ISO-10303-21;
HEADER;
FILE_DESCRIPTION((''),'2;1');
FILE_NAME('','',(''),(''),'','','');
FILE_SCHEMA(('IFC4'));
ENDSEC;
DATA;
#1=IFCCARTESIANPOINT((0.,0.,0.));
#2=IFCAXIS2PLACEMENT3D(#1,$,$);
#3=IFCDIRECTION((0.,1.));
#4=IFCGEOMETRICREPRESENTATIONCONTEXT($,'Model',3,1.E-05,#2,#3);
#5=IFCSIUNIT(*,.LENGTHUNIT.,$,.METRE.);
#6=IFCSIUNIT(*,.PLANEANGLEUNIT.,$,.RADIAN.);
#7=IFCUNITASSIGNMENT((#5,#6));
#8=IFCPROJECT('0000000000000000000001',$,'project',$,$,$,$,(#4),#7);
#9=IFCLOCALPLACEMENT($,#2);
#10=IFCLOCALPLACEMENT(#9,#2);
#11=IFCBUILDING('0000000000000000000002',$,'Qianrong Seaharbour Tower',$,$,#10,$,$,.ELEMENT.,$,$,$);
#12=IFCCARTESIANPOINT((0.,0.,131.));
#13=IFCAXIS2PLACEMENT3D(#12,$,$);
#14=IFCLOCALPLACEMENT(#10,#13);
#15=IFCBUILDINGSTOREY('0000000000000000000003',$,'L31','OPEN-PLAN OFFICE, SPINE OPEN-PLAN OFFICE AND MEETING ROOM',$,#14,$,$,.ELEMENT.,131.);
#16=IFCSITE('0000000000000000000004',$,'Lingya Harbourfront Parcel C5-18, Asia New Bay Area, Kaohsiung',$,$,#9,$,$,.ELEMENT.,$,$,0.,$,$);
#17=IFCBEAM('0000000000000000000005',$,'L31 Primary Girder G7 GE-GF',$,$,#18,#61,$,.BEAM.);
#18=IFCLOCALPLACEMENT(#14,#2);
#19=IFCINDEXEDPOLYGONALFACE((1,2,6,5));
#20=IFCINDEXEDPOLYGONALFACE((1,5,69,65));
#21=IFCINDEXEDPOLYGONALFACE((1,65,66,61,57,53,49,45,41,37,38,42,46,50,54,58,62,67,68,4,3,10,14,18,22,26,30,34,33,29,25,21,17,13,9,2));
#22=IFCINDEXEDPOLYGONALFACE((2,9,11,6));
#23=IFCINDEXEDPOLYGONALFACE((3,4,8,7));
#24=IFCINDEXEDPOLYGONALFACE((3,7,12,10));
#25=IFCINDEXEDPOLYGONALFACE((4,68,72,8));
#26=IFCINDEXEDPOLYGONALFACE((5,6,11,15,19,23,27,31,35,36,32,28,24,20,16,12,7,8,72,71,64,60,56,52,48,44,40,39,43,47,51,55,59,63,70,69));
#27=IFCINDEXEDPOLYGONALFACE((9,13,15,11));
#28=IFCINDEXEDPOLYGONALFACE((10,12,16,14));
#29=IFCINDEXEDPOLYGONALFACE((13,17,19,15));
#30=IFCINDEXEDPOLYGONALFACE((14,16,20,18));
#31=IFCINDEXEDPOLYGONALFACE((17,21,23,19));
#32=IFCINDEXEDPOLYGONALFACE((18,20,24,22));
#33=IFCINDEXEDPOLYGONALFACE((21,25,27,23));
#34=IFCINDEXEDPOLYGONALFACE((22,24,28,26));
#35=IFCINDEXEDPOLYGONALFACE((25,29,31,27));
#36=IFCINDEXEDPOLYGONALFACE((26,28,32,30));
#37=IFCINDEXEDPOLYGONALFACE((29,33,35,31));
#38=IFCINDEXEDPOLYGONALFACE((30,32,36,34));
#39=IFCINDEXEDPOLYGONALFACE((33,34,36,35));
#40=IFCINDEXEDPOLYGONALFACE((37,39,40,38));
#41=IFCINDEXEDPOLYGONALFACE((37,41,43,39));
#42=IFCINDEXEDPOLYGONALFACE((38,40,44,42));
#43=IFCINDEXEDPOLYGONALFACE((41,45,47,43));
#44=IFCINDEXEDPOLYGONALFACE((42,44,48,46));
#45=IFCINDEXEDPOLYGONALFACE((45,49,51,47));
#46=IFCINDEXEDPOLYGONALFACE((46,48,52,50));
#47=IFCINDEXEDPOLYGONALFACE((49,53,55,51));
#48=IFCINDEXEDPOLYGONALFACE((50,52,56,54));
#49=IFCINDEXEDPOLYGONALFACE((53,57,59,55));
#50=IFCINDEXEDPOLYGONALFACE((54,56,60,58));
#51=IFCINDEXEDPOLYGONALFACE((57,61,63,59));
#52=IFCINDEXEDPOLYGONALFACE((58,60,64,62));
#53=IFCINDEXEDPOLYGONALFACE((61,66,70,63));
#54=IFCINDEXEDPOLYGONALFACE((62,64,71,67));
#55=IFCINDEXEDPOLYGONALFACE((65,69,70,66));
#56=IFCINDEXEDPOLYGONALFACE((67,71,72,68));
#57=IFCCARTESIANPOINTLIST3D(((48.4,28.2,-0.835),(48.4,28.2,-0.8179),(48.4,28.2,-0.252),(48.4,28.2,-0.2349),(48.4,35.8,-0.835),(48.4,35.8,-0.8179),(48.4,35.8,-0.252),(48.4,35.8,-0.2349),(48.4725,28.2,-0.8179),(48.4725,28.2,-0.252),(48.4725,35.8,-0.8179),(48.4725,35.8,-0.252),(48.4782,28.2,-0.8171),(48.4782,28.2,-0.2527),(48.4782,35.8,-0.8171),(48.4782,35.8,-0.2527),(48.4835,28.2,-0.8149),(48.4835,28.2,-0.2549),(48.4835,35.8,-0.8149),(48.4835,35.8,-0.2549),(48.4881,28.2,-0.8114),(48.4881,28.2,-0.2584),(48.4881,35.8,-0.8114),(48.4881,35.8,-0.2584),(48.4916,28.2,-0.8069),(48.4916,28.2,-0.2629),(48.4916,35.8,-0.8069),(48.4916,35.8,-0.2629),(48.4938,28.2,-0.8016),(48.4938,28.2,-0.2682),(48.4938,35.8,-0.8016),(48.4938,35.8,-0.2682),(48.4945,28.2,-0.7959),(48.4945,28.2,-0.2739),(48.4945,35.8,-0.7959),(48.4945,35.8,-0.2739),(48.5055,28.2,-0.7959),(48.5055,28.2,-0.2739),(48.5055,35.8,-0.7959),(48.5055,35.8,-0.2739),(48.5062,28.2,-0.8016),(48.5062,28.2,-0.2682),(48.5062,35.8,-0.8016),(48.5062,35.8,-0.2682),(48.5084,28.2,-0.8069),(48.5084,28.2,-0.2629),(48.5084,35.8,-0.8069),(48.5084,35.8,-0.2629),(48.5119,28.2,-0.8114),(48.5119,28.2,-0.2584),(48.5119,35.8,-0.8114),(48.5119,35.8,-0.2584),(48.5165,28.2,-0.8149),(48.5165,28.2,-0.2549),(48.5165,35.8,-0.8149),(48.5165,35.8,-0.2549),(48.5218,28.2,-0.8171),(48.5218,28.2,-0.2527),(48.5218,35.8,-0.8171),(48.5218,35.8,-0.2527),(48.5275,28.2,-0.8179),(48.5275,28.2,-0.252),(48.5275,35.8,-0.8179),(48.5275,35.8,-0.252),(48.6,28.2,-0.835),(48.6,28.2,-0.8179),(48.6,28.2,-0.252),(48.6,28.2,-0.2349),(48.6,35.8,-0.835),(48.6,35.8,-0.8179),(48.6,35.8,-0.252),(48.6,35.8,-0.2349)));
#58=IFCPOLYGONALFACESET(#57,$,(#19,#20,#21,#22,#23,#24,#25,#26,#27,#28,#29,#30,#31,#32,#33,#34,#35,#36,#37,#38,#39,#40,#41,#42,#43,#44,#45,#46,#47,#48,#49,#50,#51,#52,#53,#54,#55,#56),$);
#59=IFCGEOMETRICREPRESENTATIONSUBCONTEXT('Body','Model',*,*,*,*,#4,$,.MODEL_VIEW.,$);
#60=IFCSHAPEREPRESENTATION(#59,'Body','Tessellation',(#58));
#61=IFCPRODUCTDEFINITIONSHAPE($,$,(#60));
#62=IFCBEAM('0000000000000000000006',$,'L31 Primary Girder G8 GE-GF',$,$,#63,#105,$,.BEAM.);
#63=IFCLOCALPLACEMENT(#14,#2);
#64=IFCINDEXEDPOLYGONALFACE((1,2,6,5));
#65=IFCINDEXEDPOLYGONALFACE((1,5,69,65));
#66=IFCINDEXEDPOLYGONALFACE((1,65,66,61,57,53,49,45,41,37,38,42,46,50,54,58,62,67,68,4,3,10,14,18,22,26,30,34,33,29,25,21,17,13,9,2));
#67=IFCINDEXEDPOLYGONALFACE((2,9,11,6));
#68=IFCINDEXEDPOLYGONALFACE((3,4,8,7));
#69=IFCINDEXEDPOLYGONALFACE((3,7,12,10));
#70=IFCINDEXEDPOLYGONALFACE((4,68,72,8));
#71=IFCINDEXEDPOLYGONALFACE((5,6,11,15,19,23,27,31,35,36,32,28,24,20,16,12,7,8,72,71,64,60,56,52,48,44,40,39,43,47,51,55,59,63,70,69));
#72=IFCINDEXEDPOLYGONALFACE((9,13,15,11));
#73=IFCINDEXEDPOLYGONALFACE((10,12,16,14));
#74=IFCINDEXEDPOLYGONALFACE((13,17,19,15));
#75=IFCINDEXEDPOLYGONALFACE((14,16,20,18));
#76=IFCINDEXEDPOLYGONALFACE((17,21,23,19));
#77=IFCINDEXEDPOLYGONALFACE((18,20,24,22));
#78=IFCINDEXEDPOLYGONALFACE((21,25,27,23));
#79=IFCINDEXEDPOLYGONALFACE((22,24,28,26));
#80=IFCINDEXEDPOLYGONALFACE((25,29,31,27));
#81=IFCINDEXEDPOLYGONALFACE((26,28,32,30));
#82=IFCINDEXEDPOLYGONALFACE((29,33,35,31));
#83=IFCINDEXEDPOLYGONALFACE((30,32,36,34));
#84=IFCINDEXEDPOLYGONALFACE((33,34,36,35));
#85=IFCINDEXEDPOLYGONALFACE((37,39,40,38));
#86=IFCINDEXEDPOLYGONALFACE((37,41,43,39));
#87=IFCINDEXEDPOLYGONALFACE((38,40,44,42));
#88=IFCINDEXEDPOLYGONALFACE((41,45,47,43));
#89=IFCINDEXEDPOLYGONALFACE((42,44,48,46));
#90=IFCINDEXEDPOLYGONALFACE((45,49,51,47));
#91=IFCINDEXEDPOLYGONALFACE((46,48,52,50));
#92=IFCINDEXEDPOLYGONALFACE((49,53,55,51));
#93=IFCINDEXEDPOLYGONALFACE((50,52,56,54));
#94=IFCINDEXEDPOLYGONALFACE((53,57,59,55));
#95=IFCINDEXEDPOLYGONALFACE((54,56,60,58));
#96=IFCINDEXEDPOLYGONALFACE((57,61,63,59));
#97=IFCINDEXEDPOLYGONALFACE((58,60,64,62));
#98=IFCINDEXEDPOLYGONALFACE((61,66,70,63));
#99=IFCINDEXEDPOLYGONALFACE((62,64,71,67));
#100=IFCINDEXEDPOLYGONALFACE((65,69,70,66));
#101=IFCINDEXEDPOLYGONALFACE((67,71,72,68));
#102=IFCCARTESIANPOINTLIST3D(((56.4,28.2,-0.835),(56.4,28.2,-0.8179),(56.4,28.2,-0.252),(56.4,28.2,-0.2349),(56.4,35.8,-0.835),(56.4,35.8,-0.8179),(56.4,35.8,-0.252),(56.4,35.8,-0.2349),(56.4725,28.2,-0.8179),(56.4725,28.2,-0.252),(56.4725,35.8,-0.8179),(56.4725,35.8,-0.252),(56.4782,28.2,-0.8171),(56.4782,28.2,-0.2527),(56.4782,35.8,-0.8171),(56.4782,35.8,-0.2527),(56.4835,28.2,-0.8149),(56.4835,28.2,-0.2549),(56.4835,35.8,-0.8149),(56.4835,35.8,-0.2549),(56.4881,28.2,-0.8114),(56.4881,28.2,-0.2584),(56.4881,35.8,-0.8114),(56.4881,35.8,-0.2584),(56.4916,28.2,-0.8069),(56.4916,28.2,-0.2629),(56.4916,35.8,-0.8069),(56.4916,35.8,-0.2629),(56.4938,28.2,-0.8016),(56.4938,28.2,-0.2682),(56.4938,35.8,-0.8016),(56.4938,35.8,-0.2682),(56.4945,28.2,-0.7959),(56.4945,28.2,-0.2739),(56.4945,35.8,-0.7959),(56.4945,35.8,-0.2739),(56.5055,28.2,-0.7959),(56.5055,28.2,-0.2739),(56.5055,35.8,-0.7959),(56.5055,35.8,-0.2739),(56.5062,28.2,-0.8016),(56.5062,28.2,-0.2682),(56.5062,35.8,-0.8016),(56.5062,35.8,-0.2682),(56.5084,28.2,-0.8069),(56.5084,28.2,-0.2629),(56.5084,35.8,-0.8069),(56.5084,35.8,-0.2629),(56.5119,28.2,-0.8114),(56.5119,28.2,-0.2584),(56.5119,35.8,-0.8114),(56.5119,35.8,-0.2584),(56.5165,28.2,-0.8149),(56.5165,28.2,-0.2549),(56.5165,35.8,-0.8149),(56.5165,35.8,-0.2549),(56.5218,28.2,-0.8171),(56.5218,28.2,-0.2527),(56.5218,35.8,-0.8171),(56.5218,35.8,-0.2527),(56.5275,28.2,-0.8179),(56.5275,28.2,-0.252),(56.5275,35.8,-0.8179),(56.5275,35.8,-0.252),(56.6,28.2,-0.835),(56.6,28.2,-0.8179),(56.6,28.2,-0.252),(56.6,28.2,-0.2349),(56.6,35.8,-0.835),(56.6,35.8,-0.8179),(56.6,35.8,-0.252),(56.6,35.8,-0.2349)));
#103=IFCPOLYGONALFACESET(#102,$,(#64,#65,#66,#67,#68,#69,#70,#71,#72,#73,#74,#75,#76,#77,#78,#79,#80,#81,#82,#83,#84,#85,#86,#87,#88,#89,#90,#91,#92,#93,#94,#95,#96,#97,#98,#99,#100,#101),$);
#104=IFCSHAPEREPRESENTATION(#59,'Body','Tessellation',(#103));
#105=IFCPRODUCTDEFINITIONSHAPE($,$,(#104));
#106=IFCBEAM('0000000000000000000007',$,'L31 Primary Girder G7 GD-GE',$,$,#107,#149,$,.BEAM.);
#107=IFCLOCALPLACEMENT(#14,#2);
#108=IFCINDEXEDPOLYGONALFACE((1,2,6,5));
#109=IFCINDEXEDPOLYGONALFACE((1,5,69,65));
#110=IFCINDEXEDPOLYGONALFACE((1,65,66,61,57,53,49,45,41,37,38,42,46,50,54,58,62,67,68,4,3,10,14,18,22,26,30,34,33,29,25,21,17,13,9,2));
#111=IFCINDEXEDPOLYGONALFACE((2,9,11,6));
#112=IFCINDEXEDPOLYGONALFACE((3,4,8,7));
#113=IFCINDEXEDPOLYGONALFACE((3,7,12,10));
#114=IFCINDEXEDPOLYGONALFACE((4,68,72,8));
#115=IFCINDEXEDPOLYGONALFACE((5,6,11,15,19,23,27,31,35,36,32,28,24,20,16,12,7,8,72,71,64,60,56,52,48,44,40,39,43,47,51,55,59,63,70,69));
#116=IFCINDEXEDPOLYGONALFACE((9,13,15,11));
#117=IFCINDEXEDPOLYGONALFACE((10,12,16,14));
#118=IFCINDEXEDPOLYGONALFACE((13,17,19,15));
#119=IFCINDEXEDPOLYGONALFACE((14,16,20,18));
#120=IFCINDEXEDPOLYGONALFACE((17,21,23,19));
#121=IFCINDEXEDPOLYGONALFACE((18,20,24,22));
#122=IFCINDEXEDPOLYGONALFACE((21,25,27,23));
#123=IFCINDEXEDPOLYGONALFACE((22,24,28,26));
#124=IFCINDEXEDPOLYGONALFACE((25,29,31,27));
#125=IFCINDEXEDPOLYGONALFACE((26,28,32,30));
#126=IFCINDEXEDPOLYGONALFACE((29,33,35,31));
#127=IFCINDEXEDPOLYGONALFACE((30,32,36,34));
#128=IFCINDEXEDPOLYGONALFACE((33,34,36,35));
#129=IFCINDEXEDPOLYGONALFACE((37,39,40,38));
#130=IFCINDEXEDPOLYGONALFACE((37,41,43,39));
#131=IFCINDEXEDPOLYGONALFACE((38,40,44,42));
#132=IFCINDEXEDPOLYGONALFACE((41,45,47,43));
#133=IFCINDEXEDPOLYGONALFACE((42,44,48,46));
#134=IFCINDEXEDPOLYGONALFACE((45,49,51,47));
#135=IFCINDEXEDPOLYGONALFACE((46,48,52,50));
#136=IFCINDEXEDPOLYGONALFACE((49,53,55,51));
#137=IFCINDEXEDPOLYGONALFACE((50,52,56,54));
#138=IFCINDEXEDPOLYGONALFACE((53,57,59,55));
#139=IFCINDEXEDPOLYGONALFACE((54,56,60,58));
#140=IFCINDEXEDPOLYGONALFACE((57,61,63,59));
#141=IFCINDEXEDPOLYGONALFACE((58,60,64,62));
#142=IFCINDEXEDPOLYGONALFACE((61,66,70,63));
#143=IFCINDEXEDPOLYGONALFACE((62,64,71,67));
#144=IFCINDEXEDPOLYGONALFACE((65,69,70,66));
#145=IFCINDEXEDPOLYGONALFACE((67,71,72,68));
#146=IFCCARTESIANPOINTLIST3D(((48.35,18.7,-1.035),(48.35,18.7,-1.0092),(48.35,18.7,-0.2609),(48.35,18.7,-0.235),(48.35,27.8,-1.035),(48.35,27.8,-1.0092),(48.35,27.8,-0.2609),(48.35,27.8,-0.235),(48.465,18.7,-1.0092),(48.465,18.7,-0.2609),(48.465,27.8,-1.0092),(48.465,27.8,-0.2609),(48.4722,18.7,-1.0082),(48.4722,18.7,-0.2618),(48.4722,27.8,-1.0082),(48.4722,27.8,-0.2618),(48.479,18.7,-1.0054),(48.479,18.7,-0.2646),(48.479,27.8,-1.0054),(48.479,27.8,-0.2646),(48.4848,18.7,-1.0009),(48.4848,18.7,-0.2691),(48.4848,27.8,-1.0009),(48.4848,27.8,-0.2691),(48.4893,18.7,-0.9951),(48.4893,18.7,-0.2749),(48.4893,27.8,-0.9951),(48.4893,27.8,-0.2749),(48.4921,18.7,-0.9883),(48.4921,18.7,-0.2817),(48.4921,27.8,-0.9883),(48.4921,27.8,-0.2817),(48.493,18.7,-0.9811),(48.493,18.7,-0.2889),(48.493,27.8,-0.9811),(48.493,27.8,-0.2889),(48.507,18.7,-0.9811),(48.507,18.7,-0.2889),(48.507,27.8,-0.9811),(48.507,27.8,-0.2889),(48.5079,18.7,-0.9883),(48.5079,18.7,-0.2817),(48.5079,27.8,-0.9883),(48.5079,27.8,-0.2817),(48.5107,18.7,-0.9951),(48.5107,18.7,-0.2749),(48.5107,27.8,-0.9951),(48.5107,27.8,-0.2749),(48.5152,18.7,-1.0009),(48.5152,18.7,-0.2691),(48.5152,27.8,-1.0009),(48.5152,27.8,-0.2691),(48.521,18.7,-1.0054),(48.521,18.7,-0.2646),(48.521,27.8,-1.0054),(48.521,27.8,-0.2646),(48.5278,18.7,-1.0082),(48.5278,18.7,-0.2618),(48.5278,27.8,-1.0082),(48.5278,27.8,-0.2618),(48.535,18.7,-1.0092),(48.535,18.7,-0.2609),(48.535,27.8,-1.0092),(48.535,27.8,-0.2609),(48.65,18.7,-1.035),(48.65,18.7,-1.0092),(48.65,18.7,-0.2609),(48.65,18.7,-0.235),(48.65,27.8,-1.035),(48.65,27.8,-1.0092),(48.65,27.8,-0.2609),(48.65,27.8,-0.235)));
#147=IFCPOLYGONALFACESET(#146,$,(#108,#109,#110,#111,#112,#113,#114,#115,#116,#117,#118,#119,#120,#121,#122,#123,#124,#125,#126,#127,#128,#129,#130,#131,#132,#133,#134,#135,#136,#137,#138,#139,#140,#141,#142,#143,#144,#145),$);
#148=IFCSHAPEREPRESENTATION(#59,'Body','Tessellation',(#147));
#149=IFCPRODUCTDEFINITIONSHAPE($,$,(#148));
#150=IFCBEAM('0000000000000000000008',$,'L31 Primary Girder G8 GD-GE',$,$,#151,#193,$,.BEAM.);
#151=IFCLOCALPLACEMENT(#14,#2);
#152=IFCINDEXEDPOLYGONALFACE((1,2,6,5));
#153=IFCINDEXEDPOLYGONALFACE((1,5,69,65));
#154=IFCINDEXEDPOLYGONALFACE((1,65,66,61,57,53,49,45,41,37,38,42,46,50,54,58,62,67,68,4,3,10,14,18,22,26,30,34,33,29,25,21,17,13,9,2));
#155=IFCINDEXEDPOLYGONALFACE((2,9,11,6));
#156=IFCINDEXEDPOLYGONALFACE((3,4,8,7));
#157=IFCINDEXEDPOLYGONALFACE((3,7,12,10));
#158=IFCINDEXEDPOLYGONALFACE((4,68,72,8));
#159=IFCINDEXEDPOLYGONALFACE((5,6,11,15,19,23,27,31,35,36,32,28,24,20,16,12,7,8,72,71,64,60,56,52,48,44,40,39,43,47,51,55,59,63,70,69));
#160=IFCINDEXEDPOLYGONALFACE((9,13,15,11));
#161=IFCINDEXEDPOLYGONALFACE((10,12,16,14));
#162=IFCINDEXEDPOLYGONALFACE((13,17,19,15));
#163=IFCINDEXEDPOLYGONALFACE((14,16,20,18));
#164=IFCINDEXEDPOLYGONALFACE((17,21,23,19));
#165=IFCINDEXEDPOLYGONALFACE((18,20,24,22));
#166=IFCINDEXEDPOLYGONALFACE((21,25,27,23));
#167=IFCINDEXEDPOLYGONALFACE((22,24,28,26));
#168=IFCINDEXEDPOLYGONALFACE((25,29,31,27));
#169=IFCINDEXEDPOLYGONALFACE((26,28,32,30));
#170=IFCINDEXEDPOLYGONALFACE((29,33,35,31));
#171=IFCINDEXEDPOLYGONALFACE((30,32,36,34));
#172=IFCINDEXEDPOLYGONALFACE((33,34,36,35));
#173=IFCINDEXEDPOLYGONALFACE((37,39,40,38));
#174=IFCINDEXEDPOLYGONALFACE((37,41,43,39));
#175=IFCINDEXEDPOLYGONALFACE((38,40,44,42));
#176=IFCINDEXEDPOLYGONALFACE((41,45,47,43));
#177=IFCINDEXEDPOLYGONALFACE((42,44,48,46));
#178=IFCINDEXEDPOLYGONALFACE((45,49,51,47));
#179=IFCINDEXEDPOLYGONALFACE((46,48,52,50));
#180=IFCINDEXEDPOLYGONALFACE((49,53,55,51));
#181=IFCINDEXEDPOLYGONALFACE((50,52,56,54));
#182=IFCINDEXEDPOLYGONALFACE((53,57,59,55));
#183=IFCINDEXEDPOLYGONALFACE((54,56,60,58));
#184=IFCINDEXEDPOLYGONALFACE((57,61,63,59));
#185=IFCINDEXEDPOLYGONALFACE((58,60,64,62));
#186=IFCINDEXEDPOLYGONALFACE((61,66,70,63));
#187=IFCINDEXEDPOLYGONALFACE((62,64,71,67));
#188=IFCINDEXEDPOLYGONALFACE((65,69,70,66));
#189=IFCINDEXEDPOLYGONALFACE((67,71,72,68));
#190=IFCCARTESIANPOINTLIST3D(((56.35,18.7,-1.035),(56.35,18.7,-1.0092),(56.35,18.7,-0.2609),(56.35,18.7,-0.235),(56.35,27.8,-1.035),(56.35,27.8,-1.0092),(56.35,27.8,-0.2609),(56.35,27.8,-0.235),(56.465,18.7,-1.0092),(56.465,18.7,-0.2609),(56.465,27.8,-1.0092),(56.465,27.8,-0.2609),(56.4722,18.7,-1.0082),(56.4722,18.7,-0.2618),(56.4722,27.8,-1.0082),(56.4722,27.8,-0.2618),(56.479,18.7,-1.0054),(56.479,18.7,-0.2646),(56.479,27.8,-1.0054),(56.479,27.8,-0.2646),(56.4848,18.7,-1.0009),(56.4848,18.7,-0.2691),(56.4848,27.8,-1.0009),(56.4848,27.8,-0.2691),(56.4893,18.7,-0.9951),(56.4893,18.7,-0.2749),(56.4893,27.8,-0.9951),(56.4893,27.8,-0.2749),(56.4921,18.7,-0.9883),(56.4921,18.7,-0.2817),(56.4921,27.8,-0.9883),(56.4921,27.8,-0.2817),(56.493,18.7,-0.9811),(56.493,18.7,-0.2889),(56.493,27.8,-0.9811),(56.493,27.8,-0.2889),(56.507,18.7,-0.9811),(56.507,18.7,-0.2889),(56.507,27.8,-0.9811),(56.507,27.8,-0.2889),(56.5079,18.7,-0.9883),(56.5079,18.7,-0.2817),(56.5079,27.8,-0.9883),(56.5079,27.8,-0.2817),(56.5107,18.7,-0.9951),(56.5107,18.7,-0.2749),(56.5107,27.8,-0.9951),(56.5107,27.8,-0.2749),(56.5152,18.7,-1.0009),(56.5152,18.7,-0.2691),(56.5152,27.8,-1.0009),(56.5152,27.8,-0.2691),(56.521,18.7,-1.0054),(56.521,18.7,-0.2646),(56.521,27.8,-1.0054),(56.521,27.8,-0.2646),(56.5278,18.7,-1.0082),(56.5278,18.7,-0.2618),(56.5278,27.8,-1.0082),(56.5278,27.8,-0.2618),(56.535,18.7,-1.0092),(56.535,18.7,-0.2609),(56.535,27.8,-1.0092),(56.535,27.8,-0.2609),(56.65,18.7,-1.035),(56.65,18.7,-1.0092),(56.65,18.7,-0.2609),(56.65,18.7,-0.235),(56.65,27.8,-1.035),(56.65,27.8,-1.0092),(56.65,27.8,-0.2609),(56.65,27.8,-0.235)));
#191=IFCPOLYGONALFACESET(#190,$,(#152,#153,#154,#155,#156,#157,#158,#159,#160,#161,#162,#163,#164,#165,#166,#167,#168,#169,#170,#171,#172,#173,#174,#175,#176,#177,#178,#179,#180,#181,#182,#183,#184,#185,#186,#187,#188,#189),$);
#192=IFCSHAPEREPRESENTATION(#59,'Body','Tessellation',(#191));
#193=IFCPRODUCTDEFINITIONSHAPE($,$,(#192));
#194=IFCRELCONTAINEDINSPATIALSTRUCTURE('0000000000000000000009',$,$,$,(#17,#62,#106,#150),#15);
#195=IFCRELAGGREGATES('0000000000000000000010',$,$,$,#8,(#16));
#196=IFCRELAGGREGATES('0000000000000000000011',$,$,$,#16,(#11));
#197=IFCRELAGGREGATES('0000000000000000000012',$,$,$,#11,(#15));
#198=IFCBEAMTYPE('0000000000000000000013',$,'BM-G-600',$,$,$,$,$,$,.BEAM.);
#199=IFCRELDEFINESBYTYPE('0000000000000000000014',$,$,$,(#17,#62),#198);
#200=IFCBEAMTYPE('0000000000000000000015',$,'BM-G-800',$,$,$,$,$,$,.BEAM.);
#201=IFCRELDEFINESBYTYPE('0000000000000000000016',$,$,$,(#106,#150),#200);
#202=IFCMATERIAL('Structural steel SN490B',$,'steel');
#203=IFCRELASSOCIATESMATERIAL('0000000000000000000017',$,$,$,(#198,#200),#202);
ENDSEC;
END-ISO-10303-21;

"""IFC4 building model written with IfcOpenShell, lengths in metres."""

from ifc_helpers import new_model, si_unit, direction, frame, origin, origin_2d, place, context, subcontext, project, spatial, i_section, extrude, material, material_profile, profile_set, type_object, element, save


model = new_model("IFC4")

# Units and contexts
model_context = context("Model", 3, precision=1e-05, world=origin(), true_north=direction((0.0, 1.0)))
body_context = subcontext(model_context, "Body", "Model", "MODEL_VIEW")
ifc_project = project(units=[si_unit("LENGTHUNIT", "METRE"), si_unit("PLANEANGLEUNIT", "RADIAN")], contexts=[model_context])

# Site, building, storey
site_placement = place(None, origin())
site = spatial("IfcSite", under=ifc_project, at=site_placement, Name="Lingya Harbourfront Parcel C5-18, Asia New Bay Area, Kaohsiung", CompositionType="ELEMENT", RefElevation=0.0)
building_placement = place(site_placement, origin())
building = spatial("IfcBuilding", under=site, at=building_placement, Name="Qianrong Seaharbour Tower", CompositionType="ELEMENT")
storey_placement = place(building_placement, frame((0.0, 0.0, 131.0)))
storey = spatial("IfcBuildingStorey", under=building, at=storey_placement, Name="L31", Description="OPEN-PLAN OFFICE, SPINE OPEN-PLAN OFFICE AND MEETING ROOM", CompositionType="ELEMENT", Elevation=131.0)

# Shared definitions
ifc_material_1 = material(Name="Structural steel SN490B", Category="steel")

# Beams
ifc_material_profile_1 = material_profile(ifc_material_1, i_section(OverallWidth=0.2, OverallDepth=0.6001, WebThickness=0.011, FlangeThickness=0.0171, FilletRadius=0.022, at=origin_2d()), Name="H600x200x11x17")
ifc_profile_set_1 = profile_set([ifc_material_profile_1], Name="Structural steel SN490B")
beam_type_1 = type_object("IfcBeamType", Name="BM-G-600", PredefinedType="BEAM", material=ifc_profile_set_1)
for number, where, z_axis, x_axis, name in (
    (1, (48.5, 28.2, -0.5349), (0.0, 1.0, 0.0), (-1.0, 0.0, 0.0), "L31 Primary Girder G7 GE-GF"),
    (2, (56.5, 28.2, -0.5349), (0.0, 1.0, 0.0), (-1.0, 0.0, 0.0), "L31 Primary Girder G8 GE-GF"),
):
    element("IfcBeam", number, at=place(storey_placement, frame(where, z_axis=z_axis, x_axis=x_axis)), inside=storey, type_object=beam_type_1, Name=name, PredefinedType="BEAM", context=body_context, shape_type="SweptSolid", body=[
        extrude(i_section(OverallWidth=0.2, OverallDepth=0.6001, WebThickness=0.011, FlangeThickness=0.0171, FilletRadius=0.022, at=origin_2d()), origin(), (0.0, 0.0, 1.0), 7.6001),
    ])
ifc_material_profile_2 = material_profile(ifc_material_1, i_section(OverallWidth=0.3, OverallDepth=0.8, WebThickness=0.0139, FlangeThickness=0.0259, FilletRadius=0.0281, at=origin_2d()), Name="H800x300x14x26")
ifc_profile_set_2 = profile_set([ifc_material_profile_2], Name="Structural steel SN490B")
beam_type_2 = type_object("IfcBeamType", Name="BM-G-800", PredefinedType="BEAM", material=ifc_profile_set_2)
for number, where, z_axis, x_axis, name in (
    (3, (48.5, 18.7, -0.635), (0.0, 1.0, 0.0), (-1.0, 0.0, 0.0), "L31 Primary Girder G7 GD-GE"),
    (4, (56.5, 18.7, -0.635), (0.0, 1.0, 0.0), (-1.0, 0.0, 0.0), "L31 Primary Girder G8 GD-GE"),
):
    element("IfcBeam", number, at=place(storey_placement, frame(where, z_axis=z_axis, x_axis=x_axis)), inside=storey, type_object=beam_type_2, Name=name, PredefinedType="BEAM", context=body_context, shape_type="SweptSolid", body=[
        extrude(i_section(OverallWidth=0.3, OverallDepth=0.8, WebThickness=0.0139, FlangeThickness=0.0259, FilletRadius=0.0281, at=origin_2d()), origin(), (0.0, 0.0, 1.0), 9.1001),
    ])

save(model, "model.ifc")
